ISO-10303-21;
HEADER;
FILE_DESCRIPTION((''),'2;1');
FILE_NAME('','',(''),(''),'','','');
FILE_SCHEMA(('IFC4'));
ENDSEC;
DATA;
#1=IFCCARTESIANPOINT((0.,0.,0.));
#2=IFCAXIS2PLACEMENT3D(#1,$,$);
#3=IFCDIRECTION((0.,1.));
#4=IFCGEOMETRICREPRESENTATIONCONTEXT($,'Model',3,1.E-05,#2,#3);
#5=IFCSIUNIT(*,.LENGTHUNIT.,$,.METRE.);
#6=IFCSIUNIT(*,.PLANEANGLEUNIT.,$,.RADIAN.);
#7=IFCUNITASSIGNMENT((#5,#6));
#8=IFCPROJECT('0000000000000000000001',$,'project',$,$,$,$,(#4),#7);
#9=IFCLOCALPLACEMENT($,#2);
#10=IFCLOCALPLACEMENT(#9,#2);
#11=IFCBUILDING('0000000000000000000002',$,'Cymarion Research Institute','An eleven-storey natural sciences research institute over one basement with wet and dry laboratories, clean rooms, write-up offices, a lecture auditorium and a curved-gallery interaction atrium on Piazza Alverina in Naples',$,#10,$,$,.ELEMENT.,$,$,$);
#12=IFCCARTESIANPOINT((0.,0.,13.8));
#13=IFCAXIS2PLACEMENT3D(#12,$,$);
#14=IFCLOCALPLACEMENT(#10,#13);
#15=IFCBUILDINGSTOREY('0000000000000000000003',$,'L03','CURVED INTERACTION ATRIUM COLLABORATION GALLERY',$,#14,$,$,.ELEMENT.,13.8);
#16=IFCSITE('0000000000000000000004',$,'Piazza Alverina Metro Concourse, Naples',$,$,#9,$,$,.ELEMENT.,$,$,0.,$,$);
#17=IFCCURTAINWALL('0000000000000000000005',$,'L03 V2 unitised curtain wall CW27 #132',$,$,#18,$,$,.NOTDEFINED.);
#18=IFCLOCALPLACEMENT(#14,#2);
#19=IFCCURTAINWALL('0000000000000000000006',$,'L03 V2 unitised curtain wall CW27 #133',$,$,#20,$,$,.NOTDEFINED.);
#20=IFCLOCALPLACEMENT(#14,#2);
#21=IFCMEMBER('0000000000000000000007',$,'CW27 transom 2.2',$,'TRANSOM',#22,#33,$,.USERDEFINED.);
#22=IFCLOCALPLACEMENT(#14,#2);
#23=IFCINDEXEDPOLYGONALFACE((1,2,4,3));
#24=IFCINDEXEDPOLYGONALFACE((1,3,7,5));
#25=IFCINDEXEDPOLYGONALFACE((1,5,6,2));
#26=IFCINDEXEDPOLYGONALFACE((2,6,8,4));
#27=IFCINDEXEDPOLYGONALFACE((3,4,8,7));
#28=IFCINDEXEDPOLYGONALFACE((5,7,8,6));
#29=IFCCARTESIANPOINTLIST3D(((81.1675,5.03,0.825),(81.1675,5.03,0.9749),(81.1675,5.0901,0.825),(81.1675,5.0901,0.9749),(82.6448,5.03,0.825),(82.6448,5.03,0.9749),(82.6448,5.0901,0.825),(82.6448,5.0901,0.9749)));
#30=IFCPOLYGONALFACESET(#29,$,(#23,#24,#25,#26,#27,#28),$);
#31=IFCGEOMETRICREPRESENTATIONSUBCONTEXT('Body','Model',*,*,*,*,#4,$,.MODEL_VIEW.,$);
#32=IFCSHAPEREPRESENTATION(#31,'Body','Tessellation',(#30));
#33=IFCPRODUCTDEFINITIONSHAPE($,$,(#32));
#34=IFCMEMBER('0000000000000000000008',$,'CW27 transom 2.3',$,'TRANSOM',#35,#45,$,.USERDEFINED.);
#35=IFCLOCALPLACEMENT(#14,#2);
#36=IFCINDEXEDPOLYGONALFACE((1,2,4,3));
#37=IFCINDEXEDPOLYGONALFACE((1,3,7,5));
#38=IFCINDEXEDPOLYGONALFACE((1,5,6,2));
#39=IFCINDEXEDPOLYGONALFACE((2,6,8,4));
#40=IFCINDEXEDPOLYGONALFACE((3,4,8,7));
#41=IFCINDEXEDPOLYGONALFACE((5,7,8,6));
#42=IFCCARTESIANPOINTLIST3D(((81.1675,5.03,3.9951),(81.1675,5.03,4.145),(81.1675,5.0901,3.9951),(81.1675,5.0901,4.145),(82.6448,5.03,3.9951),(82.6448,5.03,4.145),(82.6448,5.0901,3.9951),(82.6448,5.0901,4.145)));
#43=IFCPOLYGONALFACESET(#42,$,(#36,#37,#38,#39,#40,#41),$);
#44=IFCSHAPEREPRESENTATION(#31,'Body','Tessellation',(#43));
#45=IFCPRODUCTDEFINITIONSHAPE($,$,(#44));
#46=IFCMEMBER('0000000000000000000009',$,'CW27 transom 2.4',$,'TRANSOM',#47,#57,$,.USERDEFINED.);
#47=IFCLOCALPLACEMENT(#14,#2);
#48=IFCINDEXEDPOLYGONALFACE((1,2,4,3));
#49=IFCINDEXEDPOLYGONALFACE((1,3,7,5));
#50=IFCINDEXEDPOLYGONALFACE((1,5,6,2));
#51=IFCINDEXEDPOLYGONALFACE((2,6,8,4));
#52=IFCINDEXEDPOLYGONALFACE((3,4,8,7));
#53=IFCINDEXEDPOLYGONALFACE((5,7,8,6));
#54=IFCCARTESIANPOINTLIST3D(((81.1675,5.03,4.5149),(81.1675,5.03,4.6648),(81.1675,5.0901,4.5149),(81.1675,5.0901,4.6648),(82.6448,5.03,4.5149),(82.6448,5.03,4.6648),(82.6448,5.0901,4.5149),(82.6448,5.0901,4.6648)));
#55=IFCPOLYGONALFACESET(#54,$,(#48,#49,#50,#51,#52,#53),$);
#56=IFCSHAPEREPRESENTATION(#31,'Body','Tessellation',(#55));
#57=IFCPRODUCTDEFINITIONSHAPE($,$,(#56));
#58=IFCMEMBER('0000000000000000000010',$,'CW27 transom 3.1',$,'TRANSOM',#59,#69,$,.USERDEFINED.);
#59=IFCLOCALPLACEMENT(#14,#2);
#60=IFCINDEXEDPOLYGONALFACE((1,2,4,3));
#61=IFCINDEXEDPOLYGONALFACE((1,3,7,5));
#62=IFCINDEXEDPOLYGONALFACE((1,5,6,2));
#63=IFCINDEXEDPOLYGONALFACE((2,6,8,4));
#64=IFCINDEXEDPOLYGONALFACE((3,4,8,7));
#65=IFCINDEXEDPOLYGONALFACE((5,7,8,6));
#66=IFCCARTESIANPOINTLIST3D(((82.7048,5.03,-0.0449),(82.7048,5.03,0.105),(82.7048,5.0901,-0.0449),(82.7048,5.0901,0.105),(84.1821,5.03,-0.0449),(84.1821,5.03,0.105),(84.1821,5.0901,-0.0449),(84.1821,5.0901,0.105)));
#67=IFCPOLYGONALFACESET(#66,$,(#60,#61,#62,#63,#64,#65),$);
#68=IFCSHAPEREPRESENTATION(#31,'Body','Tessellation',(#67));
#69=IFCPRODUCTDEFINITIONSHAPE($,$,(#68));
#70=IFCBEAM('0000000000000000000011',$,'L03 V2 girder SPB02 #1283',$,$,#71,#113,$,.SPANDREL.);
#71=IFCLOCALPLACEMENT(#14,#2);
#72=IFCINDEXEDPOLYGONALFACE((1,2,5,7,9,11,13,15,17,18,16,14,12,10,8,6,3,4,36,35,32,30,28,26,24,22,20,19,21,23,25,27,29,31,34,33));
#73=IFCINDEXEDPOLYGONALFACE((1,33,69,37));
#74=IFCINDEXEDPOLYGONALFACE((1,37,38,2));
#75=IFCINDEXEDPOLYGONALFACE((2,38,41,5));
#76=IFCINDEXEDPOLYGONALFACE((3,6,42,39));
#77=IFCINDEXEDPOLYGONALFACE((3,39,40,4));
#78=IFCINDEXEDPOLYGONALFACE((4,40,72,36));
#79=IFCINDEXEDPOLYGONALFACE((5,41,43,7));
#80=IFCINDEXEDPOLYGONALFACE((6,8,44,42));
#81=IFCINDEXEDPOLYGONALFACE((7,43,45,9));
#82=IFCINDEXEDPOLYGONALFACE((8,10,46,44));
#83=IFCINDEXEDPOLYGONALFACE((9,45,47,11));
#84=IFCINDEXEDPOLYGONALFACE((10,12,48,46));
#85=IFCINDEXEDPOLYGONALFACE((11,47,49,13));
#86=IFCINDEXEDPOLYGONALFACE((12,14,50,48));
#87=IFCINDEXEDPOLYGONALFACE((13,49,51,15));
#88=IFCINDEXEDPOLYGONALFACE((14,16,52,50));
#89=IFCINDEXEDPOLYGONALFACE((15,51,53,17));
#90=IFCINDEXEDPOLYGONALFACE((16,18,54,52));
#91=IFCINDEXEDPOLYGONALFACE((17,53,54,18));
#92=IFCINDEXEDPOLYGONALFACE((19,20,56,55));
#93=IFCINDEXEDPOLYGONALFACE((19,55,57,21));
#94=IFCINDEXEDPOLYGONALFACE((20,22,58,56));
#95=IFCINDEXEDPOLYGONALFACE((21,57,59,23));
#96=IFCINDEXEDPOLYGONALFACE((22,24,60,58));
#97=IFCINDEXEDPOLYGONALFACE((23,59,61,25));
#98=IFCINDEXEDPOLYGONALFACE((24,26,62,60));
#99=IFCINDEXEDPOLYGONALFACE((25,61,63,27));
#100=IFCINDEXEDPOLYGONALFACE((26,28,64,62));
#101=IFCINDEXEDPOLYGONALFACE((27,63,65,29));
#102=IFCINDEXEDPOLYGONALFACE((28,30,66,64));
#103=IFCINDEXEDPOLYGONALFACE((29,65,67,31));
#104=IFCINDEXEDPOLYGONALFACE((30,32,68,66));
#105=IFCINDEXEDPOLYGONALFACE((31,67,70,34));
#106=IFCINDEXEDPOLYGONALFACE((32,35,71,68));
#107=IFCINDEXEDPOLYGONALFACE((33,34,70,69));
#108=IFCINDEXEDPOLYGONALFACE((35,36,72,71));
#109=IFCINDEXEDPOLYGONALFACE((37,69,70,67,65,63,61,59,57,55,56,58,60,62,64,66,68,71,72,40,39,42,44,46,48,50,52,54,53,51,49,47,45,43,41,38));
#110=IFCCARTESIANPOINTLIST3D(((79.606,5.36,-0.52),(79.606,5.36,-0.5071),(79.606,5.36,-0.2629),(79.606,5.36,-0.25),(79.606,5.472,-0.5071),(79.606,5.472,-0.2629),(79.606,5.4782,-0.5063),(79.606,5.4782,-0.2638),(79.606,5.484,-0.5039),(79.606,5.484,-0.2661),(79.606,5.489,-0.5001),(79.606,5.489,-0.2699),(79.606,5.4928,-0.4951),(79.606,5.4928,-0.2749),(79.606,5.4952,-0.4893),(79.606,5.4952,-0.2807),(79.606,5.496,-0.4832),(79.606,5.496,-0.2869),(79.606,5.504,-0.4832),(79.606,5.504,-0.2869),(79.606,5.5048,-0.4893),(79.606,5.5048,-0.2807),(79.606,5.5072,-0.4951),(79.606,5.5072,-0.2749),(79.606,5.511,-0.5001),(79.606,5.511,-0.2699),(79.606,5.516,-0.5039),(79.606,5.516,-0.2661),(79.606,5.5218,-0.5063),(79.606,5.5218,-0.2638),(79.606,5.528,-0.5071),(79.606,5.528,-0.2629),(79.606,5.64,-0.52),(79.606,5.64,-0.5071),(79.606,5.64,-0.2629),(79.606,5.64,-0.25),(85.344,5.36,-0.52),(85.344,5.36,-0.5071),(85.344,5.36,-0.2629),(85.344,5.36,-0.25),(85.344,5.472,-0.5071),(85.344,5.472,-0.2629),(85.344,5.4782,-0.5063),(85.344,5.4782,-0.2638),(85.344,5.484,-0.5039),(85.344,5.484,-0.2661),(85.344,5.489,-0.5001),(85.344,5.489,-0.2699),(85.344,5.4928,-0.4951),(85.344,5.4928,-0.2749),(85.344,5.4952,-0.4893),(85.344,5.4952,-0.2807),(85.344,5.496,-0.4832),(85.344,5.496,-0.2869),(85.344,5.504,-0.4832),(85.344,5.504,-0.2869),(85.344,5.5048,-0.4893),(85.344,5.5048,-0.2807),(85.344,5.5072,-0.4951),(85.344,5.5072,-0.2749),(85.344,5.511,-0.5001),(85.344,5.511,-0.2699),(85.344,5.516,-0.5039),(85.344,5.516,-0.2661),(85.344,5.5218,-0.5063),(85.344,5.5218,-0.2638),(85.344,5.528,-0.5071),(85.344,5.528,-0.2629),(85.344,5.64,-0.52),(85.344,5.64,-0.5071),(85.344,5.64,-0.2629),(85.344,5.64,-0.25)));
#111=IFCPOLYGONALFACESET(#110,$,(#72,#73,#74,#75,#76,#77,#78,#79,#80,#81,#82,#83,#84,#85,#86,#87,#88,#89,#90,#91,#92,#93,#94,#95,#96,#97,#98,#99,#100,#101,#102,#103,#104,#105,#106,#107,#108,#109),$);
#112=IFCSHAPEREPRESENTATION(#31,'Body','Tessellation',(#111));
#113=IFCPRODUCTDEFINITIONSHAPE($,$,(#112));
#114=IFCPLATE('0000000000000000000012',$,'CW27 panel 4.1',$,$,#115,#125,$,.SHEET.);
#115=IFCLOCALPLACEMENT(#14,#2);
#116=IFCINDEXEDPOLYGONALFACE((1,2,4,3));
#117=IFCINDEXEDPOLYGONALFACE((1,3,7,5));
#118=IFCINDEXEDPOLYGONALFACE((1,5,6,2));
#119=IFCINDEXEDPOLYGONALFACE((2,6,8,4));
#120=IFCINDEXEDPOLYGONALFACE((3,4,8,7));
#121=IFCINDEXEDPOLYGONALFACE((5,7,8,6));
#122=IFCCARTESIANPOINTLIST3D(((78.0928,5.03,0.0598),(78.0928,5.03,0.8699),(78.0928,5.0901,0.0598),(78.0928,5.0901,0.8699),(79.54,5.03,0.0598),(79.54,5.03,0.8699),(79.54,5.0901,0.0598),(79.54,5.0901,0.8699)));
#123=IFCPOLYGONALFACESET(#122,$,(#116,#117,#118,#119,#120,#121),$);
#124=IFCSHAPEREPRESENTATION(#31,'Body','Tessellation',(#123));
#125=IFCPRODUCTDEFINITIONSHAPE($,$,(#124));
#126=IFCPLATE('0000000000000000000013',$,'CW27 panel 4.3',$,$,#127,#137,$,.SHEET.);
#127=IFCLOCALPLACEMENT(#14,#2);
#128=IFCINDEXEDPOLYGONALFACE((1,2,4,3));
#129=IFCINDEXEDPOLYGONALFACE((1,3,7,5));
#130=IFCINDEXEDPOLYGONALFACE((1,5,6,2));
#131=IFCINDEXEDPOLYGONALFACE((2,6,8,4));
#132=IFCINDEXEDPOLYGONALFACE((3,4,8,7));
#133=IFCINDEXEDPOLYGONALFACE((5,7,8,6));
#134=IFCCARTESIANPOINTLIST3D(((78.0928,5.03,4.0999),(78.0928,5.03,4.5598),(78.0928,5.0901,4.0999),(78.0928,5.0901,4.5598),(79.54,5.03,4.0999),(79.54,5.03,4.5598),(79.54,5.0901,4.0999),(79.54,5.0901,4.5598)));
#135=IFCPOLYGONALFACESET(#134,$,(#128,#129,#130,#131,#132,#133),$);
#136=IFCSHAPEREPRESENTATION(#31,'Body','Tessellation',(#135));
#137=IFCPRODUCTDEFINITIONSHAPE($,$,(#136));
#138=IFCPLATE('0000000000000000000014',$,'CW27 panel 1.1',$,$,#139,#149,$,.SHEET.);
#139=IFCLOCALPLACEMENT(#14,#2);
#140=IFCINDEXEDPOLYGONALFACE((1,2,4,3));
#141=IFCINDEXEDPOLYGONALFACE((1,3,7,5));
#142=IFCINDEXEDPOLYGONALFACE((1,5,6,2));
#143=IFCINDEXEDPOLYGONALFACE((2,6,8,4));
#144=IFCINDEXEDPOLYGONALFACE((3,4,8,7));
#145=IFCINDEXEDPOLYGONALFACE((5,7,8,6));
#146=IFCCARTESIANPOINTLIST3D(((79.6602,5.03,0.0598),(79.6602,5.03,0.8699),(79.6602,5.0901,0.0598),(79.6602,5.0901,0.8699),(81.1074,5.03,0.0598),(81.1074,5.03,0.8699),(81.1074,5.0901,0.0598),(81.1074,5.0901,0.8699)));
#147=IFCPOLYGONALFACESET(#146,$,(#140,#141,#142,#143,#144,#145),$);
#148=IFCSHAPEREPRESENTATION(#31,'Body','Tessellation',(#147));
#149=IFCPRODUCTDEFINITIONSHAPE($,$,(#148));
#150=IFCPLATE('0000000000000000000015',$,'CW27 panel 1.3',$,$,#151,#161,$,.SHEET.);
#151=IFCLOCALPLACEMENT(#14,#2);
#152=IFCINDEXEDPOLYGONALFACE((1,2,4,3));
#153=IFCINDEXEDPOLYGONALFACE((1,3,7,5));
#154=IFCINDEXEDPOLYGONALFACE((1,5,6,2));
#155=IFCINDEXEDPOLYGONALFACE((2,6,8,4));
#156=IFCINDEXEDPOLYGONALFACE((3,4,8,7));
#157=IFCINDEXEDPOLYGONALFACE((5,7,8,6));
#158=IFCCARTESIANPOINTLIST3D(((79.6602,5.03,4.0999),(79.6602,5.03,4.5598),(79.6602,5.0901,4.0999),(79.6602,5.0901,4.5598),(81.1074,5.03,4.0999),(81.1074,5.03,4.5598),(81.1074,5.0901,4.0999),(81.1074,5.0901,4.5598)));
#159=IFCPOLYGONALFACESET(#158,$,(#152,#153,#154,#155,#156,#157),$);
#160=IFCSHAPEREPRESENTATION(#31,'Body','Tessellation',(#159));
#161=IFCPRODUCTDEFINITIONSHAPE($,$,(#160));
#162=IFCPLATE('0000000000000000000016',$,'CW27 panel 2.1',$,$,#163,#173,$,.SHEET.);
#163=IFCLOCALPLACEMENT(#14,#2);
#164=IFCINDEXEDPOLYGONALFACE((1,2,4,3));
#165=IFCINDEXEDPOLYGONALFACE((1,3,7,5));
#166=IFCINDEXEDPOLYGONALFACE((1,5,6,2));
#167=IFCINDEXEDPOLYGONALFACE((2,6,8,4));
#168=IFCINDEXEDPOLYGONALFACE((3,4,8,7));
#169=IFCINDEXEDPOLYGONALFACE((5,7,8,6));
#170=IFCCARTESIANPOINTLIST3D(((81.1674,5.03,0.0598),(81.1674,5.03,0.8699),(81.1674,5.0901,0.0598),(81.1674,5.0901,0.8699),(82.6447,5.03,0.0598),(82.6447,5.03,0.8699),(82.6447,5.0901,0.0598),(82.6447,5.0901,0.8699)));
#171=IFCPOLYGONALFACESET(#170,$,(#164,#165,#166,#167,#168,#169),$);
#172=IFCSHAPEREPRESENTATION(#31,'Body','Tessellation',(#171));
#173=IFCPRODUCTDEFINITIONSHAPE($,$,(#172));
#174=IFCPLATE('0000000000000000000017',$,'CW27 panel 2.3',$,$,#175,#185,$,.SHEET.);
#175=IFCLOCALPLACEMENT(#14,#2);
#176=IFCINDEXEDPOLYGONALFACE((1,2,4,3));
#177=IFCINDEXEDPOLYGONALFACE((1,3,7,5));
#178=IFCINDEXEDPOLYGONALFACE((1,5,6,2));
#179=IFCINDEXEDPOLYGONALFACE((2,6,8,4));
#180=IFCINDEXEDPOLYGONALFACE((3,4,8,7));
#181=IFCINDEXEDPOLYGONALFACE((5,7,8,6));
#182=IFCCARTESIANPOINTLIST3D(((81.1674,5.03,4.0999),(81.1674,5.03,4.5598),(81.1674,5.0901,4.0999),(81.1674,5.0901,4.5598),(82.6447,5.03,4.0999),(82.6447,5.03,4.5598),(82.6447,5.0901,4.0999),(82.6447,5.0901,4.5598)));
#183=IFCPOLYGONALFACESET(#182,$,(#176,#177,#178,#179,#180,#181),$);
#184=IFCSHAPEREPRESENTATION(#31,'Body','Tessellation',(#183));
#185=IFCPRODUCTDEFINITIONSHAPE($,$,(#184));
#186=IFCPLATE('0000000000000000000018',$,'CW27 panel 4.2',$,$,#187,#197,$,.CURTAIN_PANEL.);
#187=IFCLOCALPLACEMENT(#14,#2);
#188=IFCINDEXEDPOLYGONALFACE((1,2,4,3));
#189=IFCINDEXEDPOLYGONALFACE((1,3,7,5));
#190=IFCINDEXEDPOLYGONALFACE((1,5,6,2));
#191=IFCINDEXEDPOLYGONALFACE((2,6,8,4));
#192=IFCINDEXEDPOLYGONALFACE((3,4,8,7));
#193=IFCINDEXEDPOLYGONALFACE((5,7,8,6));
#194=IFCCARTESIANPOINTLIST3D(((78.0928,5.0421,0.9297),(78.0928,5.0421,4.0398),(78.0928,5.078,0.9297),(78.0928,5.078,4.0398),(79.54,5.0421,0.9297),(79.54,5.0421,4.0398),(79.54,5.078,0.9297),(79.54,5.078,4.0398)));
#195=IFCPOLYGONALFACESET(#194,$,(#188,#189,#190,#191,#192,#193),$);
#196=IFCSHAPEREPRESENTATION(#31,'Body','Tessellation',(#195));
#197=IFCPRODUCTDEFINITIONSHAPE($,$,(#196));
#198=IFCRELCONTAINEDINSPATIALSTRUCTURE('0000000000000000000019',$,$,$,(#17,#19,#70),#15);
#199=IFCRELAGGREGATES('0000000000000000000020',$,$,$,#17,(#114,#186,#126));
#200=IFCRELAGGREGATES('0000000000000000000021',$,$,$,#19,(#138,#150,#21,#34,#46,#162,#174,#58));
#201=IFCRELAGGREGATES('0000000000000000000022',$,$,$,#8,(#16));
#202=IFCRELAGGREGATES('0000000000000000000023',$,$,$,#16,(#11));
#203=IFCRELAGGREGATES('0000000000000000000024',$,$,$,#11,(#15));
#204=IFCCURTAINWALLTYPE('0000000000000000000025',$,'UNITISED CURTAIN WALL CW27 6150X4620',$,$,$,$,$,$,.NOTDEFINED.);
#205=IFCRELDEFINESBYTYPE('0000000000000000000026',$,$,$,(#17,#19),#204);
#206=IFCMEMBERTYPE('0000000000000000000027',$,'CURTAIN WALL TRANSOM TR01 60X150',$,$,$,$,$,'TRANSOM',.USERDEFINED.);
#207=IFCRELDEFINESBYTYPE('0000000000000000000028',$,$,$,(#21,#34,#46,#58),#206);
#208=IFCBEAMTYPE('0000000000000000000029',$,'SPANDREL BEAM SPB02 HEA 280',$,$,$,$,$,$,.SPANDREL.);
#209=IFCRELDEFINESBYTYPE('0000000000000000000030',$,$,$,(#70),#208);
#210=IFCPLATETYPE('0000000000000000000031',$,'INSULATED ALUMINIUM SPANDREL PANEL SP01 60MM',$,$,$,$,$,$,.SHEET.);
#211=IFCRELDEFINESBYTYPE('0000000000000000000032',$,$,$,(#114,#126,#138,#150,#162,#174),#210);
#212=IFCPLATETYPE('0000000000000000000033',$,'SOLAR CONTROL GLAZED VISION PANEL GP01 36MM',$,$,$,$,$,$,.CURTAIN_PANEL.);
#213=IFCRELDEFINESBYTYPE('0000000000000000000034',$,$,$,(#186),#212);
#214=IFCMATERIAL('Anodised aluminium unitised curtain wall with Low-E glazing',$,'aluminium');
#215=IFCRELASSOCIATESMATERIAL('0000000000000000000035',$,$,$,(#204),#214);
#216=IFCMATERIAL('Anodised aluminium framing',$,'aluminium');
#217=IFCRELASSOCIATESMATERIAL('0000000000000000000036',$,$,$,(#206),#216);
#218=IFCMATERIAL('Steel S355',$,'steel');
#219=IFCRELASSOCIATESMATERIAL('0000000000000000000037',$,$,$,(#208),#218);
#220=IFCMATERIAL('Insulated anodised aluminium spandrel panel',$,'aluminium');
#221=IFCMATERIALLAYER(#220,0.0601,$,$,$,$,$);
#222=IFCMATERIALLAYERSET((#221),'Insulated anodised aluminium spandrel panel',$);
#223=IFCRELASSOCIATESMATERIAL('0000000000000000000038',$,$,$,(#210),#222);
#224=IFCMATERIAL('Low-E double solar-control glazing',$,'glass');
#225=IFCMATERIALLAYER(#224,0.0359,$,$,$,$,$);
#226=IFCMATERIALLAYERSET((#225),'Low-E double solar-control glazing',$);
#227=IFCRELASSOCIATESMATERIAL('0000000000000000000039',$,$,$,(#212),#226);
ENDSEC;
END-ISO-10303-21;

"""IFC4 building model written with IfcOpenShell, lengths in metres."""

from ifc_helpers import new_model, si_unit, direction, frame, origin, origin_2d, place, context, subcontext, project, spatial, rectangle, i_section, extrude, material, layer, layer_set, material_profile, profile_set, type_object, element, aggregate, save


model = new_model("IFC4")

# Units and contexts
model_context = context("Model", 3, precision=1e-05, world=origin(), true_north=direction((0.0, 1.0)))
body_context = subcontext(model_context, "Body", "Model", "MODEL_VIEW")
ifc_project = project(units=[si_unit("LENGTHUNIT", "METRE"), si_unit("PLANEANGLEUNIT", "RADIAN")], contexts=[model_context])

# Site, building, storey
site_placement = place(None, origin())
site = spatial("IfcSite", under=ifc_project, at=site_placement, Name="Piazza Alverina Metro Concourse, Naples", CompositionType="ELEMENT", RefElevation=0.0)
building_placement = place(site_placement, origin())
building = spatial("IfcBuilding", under=site, at=building_placement, Name="Cymarion Research Institute", Description="An eleven-storey natural sciences research institute over one basement with wet and dry laboratories, clean rooms, write-up offices, a lecture auditorium and a curved-gallery interaction atrium on Piazza Alverina in Naples", CompositionType="ELEMENT")
storey_placement = place(building_placement, frame((0.0, 0.0, 13.8)))
storey = spatial("IfcBuildingStorey", under=building, at=storey_placement, Name="L03", Description="CURVED INTERACTION ATRIUM COLLABORATION GALLERY", CompositionType="ELEMENT", Elevation=13.8)

# Shared definitions
ifc_material_1 = material(Name="Steel S355", Category="steel")

# Curtain wall
ifc_material_2 = material(Name="Anodised aluminium unitised curtain wall with Low-E glazing", Category="aluminium")
curtain_wall_type = type_object("IfcCurtainWallType", Name="UNITISED CURTAIN WALL CW27 6150X4620", PredefinedType="NOTDEFINED", material=ifc_material_2)
curtain_wall_1_placement = place(storey_placement, origin())
curtain_wall_1 = element("IfcCurtainWall", 1, at=curtain_wall_1_placement, inside=storey, type_object=curtain_wall_type, Name="L03 V2 unitised curtain wall CW27 #132", PredefinedType="NOTDEFINED")
ifc_material_3 = material(Name="Anodised aluminium framing", Category="aluminium")

# Curtain wall, members
curtain_wall_2_placement = place(storey_placement, origin())
curtain_wall_2 = element("IfcCurtainWall", 2, at=curtain_wall_2_placement, inside=storey, type_object=curtain_wall_type, Name="L03 V2 unitised curtain wall CW27 #133", PredefinedType="NOTDEFINED")
ifc_material_profile_1 = material_profile(ifc_material_3, rectangle(XDim=0.0601, YDim=0.1499, at=origin_2d()), Name="ALU TRANSOM 60x150")
ifc_profile_set_1 = profile_set([ifc_material_profile_1], Name="Anodised aluminium framing")
member_type_1 = type_object("IfcMemberType", Name="CURTAIN WALL TRANSOM TR01 60X150", ElementType="TRANSOM", PredefinedType="USERDEFINED", material=ifc_profile_set_1)
member_1_placement = place(storey_placement, frame((81.1675, 5.0601, 0.8999), z_axis=(1.0, 0.0, 0.0), x_axis=(0.0, 1.0, 0.0)))
member_1 = element("IfcMember", 3, at=member_1_placement, type_object=member_type_1, Name="CW27 transom 2.2", ObjectType="TRANSOM", PredefinedType="USERDEFINED", context=body_context, shape_type="SweptSolid", body=[
    extrude(rectangle(XDim=0.0601, YDim=0.1499, at=origin_2d()), origin(), (0.0, 0.0, 1.0), 1.4773),
])
member_2_placement = place(storey_placement, frame((81.1675, 5.0601, 4.0701), z_axis=(1.0, 0.0, 0.0), x_axis=(0.0, 1.0, 0.0)))
member_2 = element("IfcMember", 4, at=member_2_placement, type_object=member_type_1, Name="CW27 transom 2.3", ObjectType="TRANSOM", PredefinedType="USERDEFINED", context=body_context, shape_type="SweptSolid", body=[
    extrude(rectangle(XDim=0.0601, YDim=0.1499, at=origin_2d()), origin(), (0.0, 0.0, 1.0), 1.4773),
])
member_3_placement = place(storey_placement, frame((81.1675, 5.0601, 4.5898), z_axis=(1.0, 0.0, 0.0), x_axis=(0.0, 1.0, 0.0)))
member_3 = element("IfcMember", 5, at=member_3_placement, type_object=member_type_1, Name="CW27 transom 2.4", ObjectType="TRANSOM", PredefinedType="USERDEFINED", context=body_context, shape_type="SweptSolid", body=[
    extrude(rectangle(XDim=0.0601, YDim=0.1499, at=origin_2d()), origin(), (0.0, 0.0, 1.0), 1.4773),
])
member_4_placement = place(storey_placement, frame((82.7048, 5.0601, 0.03), z_axis=(1.0, 0.0, 0.0), x_axis=(0.0, 1.0, 0.0)))
member_4 = element("IfcMember", 6, at=member_4_placement, type_object=member_type_1, Name="CW27 transom 3.1", ObjectType="TRANSOM", PredefinedType="USERDEFINED", context=body_context, shape_type="SweptSolid", body=[
    extrude(rectangle(XDim=0.0601, YDim=0.1499, at=origin_2d()), origin(), (0.0, 0.0, 1.0), 1.4773),
])

# Beam
ifc_material_profile_2 = material_profile(ifc_material_1, i_section(OverallWidth=0.28, OverallDepth=0.27, WebThickness=0.0081, FlangeThickness=0.0129, FilletRadius=0.0239, at=origin_2d()), Name="HEA 280")
ifc_profile_set_2 = profile_set([ifc_material_profile_2], Name="Steel S355")
beam_type = type_object("IfcBeamType", Name="SPANDREL BEAM SPB02 HEA 280", PredefinedType="SPANDREL", material=ifc_profile_set_2)
beam_placement = place(storey_placement, frame((79.606, 5.5, -0.385), z_axis=(1.0, 0.0, 0.0), x_axis=(0.0, 1.0, 0.0)))
element("IfcBeam", 7, at=beam_placement, inside=storey, type_object=beam_type, Name="L03 V2 girder SPB02 #1283", PredefinedType="SPANDREL", context=body_context, shape_type="SweptSolid", body=[
    extrude(i_section(OverallWidth=0.28, OverallDepth=0.27, WebThickness=0.0081, FlangeThickness=0.0129, FilletRadius=0.0239, at=origin_2d()), origin(), (0.0, 0.0, 1.0), 5.738),
])

# Plates
ifc_material_4 = material(Name="Insulated anodised aluminium spandrel panel", Category="aluminium")
ifc_layer_1 = layer(ifc_material_4, 0.0601)
ifc_layer_set_1 = layer_set([ifc_layer_1], Name="Insulated anodised aluminium spandrel panel")
plate_type_1 = type_object("IfcPlateType", Name="INSULATED ALUMINIUM SPANDREL PANEL SP01 60MM", PredefinedType="SHEET", material=ifc_layer_set_1)
plate_1_placement = place(storey_placement, frame((78.8164, 5.0601, 0.0598), z_axis=(0.0, 0.0, 1.0), x_axis=(1.0, 0.0, 0.0)))
plate_1 = element("IfcPlate", 8, at=plate_1_placement, type_object=plate_type_1, Name="CW27 panel 4.1", PredefinedType="SHEET", context=body_context, shape_type="SweptSolid", body=[
    extrude(rectangle(XDim=1.4473, YDim=0.0601, at=origin_2d()), origin(), (0.0, 0.0, 1.0), 0.8101),
])
plate_2_placement = place(storey_placement, frame((78.8164, 5.0601, 4.0999), z_axis=(0.0, 0.0, 1.0), x_axis=(1.0, 0.0, 0.0)))
plate_2 = element("IfcPlate", 9, at=plate_2_placement, type_object=plate_type_1, Name="CW27 panel 4.3", PredefinedType="SHEET", context=body_context, shape_type="SweptSolid", body=[
    extrude(rectangle(XDim=1.4473, YDim=0.0601, at=origin_2d()), origin(), (0.0, 0.0, 1.0), 0.46),
])
plate_3_placement = place(storey_placement, frame((80.3838, 5.0601, 0.0598), z_axis=(0.0, 0.0, 1.0), x_axis=(1.0, 0.0, 0.0)))
plate_3 = element("IfcPlate", 10, at=plate_3_placement, type_object=plate_type_1, Name="CW27 panel 1.1", PredefinedType="SHEET", context=body_context, shape_type="SweptSolid", body=[
    extrude(rectangle(XDim=1.4473, YDim=0.0601, at=origin_2d()), origin(), (0.0, 0.0, 1.0), 0.8101),
])
plate_4_placement = place(storey_placement, frame((80.3838, 5.0601, 4.0999), z_axis=(0.0, 0.0, 1.0), x_axis=(1.0, 0.0, 0.0)))
plate_4 = element("IfcPlate", 11, at=plate_4_placement, type_object=plate_type_1, Name="CW27 panel 1.3", PredefinedType="SHEET", context=body_context, shape_type="SweptSolid", body=[
    extrude(rectangle(XDim=1.4473, YDim=0.0601, at=origin_2d()), origin(), (0.0, 0.0, 1.0), 0.46),
])
plate_5_placement = place(storey_placement, frame((81.906, 5.0601, 0.0598), z_axis=(0.0, 0.0, 1.0), x_axis=(1.0, 0.0, 0.0)))
plate_5 = element("IfcPlate", 12, at=plate_5_placement, type_object=plate_type_1, Name="CW27 panel 2.1", PredefinedType="SHEET", context=body_context, shape_type="SweptSolid", body=[
    extrude(rectangle(XDim=1.4773, YDim=0.0601, at=origin_2d()), origin(), (0.0, 0.0, 1.0), 0.8101),
])
plate_6_placement = place(storey_placement, frame((81.906, 5.0601, 4.0999), z_axis=(0.0, 0.0, 1.0), x_axis=(1.0, 0.0, 0.0)))
plate_6 = element("IfcPlate", 13, at=plate_6_placement, type_object=plate_type_1, Name="CW27 panel 2.3", PredefinedType="SHEET", context=body_context, shape_type="SweptSolid", body=[
    extrude(rectangle(XDim=1.4773, YDim=0.0601, at=origin_2d()), origin(), (0.0, 0.0, 1.0), 0.46),
])
ifc_material_5 = material(Name="Low-E double solar-control glazing", Category="glass")
ifc_layer_2 = layer(ifc_material_5, 0.0359)
ifc_layer_set_2 = layer_set([ifc_layer_2], Name="Low-E double solar-control glazing")
plate_type_2 = type_object("IfcPlateType", Name="SOLAR CONTROL GLAZED VISION PANEL GP01 36MM", PredefinedType="CURTAIN_PANEL", material=ifc_layer_set_2)
plate_7_placement = place(storey_placement, frame((78.8164, 5.0601, 0.9297), z_axis=(0.0, 0.0, 1.0), x_axis=(1.0, 0.0, 0.0)))
plate_7 = element("IfcPlate", 14, at=plate_7_placement, type_object=plate_type_2, Name="CW27 panel 4.2", PredefinedType="CURTAIN_PANEL", context=body_context, shape_type="SweptSolid", body=[
    extrude(rectangle(XDim=1.4473, YDim=0.0359, at=origin_2d()), origin(), (0.0, 0.0, 1.0), 3.1101),
])
aggregate(curtain_wall_1, [plate_1, plate_7, plate_2])
aggregate(curtain_wall_2, [plate_3, plate_4, member_1, member_2, member_3, plate_5, plate_6, member_4])

save(model, "model.ifc")
